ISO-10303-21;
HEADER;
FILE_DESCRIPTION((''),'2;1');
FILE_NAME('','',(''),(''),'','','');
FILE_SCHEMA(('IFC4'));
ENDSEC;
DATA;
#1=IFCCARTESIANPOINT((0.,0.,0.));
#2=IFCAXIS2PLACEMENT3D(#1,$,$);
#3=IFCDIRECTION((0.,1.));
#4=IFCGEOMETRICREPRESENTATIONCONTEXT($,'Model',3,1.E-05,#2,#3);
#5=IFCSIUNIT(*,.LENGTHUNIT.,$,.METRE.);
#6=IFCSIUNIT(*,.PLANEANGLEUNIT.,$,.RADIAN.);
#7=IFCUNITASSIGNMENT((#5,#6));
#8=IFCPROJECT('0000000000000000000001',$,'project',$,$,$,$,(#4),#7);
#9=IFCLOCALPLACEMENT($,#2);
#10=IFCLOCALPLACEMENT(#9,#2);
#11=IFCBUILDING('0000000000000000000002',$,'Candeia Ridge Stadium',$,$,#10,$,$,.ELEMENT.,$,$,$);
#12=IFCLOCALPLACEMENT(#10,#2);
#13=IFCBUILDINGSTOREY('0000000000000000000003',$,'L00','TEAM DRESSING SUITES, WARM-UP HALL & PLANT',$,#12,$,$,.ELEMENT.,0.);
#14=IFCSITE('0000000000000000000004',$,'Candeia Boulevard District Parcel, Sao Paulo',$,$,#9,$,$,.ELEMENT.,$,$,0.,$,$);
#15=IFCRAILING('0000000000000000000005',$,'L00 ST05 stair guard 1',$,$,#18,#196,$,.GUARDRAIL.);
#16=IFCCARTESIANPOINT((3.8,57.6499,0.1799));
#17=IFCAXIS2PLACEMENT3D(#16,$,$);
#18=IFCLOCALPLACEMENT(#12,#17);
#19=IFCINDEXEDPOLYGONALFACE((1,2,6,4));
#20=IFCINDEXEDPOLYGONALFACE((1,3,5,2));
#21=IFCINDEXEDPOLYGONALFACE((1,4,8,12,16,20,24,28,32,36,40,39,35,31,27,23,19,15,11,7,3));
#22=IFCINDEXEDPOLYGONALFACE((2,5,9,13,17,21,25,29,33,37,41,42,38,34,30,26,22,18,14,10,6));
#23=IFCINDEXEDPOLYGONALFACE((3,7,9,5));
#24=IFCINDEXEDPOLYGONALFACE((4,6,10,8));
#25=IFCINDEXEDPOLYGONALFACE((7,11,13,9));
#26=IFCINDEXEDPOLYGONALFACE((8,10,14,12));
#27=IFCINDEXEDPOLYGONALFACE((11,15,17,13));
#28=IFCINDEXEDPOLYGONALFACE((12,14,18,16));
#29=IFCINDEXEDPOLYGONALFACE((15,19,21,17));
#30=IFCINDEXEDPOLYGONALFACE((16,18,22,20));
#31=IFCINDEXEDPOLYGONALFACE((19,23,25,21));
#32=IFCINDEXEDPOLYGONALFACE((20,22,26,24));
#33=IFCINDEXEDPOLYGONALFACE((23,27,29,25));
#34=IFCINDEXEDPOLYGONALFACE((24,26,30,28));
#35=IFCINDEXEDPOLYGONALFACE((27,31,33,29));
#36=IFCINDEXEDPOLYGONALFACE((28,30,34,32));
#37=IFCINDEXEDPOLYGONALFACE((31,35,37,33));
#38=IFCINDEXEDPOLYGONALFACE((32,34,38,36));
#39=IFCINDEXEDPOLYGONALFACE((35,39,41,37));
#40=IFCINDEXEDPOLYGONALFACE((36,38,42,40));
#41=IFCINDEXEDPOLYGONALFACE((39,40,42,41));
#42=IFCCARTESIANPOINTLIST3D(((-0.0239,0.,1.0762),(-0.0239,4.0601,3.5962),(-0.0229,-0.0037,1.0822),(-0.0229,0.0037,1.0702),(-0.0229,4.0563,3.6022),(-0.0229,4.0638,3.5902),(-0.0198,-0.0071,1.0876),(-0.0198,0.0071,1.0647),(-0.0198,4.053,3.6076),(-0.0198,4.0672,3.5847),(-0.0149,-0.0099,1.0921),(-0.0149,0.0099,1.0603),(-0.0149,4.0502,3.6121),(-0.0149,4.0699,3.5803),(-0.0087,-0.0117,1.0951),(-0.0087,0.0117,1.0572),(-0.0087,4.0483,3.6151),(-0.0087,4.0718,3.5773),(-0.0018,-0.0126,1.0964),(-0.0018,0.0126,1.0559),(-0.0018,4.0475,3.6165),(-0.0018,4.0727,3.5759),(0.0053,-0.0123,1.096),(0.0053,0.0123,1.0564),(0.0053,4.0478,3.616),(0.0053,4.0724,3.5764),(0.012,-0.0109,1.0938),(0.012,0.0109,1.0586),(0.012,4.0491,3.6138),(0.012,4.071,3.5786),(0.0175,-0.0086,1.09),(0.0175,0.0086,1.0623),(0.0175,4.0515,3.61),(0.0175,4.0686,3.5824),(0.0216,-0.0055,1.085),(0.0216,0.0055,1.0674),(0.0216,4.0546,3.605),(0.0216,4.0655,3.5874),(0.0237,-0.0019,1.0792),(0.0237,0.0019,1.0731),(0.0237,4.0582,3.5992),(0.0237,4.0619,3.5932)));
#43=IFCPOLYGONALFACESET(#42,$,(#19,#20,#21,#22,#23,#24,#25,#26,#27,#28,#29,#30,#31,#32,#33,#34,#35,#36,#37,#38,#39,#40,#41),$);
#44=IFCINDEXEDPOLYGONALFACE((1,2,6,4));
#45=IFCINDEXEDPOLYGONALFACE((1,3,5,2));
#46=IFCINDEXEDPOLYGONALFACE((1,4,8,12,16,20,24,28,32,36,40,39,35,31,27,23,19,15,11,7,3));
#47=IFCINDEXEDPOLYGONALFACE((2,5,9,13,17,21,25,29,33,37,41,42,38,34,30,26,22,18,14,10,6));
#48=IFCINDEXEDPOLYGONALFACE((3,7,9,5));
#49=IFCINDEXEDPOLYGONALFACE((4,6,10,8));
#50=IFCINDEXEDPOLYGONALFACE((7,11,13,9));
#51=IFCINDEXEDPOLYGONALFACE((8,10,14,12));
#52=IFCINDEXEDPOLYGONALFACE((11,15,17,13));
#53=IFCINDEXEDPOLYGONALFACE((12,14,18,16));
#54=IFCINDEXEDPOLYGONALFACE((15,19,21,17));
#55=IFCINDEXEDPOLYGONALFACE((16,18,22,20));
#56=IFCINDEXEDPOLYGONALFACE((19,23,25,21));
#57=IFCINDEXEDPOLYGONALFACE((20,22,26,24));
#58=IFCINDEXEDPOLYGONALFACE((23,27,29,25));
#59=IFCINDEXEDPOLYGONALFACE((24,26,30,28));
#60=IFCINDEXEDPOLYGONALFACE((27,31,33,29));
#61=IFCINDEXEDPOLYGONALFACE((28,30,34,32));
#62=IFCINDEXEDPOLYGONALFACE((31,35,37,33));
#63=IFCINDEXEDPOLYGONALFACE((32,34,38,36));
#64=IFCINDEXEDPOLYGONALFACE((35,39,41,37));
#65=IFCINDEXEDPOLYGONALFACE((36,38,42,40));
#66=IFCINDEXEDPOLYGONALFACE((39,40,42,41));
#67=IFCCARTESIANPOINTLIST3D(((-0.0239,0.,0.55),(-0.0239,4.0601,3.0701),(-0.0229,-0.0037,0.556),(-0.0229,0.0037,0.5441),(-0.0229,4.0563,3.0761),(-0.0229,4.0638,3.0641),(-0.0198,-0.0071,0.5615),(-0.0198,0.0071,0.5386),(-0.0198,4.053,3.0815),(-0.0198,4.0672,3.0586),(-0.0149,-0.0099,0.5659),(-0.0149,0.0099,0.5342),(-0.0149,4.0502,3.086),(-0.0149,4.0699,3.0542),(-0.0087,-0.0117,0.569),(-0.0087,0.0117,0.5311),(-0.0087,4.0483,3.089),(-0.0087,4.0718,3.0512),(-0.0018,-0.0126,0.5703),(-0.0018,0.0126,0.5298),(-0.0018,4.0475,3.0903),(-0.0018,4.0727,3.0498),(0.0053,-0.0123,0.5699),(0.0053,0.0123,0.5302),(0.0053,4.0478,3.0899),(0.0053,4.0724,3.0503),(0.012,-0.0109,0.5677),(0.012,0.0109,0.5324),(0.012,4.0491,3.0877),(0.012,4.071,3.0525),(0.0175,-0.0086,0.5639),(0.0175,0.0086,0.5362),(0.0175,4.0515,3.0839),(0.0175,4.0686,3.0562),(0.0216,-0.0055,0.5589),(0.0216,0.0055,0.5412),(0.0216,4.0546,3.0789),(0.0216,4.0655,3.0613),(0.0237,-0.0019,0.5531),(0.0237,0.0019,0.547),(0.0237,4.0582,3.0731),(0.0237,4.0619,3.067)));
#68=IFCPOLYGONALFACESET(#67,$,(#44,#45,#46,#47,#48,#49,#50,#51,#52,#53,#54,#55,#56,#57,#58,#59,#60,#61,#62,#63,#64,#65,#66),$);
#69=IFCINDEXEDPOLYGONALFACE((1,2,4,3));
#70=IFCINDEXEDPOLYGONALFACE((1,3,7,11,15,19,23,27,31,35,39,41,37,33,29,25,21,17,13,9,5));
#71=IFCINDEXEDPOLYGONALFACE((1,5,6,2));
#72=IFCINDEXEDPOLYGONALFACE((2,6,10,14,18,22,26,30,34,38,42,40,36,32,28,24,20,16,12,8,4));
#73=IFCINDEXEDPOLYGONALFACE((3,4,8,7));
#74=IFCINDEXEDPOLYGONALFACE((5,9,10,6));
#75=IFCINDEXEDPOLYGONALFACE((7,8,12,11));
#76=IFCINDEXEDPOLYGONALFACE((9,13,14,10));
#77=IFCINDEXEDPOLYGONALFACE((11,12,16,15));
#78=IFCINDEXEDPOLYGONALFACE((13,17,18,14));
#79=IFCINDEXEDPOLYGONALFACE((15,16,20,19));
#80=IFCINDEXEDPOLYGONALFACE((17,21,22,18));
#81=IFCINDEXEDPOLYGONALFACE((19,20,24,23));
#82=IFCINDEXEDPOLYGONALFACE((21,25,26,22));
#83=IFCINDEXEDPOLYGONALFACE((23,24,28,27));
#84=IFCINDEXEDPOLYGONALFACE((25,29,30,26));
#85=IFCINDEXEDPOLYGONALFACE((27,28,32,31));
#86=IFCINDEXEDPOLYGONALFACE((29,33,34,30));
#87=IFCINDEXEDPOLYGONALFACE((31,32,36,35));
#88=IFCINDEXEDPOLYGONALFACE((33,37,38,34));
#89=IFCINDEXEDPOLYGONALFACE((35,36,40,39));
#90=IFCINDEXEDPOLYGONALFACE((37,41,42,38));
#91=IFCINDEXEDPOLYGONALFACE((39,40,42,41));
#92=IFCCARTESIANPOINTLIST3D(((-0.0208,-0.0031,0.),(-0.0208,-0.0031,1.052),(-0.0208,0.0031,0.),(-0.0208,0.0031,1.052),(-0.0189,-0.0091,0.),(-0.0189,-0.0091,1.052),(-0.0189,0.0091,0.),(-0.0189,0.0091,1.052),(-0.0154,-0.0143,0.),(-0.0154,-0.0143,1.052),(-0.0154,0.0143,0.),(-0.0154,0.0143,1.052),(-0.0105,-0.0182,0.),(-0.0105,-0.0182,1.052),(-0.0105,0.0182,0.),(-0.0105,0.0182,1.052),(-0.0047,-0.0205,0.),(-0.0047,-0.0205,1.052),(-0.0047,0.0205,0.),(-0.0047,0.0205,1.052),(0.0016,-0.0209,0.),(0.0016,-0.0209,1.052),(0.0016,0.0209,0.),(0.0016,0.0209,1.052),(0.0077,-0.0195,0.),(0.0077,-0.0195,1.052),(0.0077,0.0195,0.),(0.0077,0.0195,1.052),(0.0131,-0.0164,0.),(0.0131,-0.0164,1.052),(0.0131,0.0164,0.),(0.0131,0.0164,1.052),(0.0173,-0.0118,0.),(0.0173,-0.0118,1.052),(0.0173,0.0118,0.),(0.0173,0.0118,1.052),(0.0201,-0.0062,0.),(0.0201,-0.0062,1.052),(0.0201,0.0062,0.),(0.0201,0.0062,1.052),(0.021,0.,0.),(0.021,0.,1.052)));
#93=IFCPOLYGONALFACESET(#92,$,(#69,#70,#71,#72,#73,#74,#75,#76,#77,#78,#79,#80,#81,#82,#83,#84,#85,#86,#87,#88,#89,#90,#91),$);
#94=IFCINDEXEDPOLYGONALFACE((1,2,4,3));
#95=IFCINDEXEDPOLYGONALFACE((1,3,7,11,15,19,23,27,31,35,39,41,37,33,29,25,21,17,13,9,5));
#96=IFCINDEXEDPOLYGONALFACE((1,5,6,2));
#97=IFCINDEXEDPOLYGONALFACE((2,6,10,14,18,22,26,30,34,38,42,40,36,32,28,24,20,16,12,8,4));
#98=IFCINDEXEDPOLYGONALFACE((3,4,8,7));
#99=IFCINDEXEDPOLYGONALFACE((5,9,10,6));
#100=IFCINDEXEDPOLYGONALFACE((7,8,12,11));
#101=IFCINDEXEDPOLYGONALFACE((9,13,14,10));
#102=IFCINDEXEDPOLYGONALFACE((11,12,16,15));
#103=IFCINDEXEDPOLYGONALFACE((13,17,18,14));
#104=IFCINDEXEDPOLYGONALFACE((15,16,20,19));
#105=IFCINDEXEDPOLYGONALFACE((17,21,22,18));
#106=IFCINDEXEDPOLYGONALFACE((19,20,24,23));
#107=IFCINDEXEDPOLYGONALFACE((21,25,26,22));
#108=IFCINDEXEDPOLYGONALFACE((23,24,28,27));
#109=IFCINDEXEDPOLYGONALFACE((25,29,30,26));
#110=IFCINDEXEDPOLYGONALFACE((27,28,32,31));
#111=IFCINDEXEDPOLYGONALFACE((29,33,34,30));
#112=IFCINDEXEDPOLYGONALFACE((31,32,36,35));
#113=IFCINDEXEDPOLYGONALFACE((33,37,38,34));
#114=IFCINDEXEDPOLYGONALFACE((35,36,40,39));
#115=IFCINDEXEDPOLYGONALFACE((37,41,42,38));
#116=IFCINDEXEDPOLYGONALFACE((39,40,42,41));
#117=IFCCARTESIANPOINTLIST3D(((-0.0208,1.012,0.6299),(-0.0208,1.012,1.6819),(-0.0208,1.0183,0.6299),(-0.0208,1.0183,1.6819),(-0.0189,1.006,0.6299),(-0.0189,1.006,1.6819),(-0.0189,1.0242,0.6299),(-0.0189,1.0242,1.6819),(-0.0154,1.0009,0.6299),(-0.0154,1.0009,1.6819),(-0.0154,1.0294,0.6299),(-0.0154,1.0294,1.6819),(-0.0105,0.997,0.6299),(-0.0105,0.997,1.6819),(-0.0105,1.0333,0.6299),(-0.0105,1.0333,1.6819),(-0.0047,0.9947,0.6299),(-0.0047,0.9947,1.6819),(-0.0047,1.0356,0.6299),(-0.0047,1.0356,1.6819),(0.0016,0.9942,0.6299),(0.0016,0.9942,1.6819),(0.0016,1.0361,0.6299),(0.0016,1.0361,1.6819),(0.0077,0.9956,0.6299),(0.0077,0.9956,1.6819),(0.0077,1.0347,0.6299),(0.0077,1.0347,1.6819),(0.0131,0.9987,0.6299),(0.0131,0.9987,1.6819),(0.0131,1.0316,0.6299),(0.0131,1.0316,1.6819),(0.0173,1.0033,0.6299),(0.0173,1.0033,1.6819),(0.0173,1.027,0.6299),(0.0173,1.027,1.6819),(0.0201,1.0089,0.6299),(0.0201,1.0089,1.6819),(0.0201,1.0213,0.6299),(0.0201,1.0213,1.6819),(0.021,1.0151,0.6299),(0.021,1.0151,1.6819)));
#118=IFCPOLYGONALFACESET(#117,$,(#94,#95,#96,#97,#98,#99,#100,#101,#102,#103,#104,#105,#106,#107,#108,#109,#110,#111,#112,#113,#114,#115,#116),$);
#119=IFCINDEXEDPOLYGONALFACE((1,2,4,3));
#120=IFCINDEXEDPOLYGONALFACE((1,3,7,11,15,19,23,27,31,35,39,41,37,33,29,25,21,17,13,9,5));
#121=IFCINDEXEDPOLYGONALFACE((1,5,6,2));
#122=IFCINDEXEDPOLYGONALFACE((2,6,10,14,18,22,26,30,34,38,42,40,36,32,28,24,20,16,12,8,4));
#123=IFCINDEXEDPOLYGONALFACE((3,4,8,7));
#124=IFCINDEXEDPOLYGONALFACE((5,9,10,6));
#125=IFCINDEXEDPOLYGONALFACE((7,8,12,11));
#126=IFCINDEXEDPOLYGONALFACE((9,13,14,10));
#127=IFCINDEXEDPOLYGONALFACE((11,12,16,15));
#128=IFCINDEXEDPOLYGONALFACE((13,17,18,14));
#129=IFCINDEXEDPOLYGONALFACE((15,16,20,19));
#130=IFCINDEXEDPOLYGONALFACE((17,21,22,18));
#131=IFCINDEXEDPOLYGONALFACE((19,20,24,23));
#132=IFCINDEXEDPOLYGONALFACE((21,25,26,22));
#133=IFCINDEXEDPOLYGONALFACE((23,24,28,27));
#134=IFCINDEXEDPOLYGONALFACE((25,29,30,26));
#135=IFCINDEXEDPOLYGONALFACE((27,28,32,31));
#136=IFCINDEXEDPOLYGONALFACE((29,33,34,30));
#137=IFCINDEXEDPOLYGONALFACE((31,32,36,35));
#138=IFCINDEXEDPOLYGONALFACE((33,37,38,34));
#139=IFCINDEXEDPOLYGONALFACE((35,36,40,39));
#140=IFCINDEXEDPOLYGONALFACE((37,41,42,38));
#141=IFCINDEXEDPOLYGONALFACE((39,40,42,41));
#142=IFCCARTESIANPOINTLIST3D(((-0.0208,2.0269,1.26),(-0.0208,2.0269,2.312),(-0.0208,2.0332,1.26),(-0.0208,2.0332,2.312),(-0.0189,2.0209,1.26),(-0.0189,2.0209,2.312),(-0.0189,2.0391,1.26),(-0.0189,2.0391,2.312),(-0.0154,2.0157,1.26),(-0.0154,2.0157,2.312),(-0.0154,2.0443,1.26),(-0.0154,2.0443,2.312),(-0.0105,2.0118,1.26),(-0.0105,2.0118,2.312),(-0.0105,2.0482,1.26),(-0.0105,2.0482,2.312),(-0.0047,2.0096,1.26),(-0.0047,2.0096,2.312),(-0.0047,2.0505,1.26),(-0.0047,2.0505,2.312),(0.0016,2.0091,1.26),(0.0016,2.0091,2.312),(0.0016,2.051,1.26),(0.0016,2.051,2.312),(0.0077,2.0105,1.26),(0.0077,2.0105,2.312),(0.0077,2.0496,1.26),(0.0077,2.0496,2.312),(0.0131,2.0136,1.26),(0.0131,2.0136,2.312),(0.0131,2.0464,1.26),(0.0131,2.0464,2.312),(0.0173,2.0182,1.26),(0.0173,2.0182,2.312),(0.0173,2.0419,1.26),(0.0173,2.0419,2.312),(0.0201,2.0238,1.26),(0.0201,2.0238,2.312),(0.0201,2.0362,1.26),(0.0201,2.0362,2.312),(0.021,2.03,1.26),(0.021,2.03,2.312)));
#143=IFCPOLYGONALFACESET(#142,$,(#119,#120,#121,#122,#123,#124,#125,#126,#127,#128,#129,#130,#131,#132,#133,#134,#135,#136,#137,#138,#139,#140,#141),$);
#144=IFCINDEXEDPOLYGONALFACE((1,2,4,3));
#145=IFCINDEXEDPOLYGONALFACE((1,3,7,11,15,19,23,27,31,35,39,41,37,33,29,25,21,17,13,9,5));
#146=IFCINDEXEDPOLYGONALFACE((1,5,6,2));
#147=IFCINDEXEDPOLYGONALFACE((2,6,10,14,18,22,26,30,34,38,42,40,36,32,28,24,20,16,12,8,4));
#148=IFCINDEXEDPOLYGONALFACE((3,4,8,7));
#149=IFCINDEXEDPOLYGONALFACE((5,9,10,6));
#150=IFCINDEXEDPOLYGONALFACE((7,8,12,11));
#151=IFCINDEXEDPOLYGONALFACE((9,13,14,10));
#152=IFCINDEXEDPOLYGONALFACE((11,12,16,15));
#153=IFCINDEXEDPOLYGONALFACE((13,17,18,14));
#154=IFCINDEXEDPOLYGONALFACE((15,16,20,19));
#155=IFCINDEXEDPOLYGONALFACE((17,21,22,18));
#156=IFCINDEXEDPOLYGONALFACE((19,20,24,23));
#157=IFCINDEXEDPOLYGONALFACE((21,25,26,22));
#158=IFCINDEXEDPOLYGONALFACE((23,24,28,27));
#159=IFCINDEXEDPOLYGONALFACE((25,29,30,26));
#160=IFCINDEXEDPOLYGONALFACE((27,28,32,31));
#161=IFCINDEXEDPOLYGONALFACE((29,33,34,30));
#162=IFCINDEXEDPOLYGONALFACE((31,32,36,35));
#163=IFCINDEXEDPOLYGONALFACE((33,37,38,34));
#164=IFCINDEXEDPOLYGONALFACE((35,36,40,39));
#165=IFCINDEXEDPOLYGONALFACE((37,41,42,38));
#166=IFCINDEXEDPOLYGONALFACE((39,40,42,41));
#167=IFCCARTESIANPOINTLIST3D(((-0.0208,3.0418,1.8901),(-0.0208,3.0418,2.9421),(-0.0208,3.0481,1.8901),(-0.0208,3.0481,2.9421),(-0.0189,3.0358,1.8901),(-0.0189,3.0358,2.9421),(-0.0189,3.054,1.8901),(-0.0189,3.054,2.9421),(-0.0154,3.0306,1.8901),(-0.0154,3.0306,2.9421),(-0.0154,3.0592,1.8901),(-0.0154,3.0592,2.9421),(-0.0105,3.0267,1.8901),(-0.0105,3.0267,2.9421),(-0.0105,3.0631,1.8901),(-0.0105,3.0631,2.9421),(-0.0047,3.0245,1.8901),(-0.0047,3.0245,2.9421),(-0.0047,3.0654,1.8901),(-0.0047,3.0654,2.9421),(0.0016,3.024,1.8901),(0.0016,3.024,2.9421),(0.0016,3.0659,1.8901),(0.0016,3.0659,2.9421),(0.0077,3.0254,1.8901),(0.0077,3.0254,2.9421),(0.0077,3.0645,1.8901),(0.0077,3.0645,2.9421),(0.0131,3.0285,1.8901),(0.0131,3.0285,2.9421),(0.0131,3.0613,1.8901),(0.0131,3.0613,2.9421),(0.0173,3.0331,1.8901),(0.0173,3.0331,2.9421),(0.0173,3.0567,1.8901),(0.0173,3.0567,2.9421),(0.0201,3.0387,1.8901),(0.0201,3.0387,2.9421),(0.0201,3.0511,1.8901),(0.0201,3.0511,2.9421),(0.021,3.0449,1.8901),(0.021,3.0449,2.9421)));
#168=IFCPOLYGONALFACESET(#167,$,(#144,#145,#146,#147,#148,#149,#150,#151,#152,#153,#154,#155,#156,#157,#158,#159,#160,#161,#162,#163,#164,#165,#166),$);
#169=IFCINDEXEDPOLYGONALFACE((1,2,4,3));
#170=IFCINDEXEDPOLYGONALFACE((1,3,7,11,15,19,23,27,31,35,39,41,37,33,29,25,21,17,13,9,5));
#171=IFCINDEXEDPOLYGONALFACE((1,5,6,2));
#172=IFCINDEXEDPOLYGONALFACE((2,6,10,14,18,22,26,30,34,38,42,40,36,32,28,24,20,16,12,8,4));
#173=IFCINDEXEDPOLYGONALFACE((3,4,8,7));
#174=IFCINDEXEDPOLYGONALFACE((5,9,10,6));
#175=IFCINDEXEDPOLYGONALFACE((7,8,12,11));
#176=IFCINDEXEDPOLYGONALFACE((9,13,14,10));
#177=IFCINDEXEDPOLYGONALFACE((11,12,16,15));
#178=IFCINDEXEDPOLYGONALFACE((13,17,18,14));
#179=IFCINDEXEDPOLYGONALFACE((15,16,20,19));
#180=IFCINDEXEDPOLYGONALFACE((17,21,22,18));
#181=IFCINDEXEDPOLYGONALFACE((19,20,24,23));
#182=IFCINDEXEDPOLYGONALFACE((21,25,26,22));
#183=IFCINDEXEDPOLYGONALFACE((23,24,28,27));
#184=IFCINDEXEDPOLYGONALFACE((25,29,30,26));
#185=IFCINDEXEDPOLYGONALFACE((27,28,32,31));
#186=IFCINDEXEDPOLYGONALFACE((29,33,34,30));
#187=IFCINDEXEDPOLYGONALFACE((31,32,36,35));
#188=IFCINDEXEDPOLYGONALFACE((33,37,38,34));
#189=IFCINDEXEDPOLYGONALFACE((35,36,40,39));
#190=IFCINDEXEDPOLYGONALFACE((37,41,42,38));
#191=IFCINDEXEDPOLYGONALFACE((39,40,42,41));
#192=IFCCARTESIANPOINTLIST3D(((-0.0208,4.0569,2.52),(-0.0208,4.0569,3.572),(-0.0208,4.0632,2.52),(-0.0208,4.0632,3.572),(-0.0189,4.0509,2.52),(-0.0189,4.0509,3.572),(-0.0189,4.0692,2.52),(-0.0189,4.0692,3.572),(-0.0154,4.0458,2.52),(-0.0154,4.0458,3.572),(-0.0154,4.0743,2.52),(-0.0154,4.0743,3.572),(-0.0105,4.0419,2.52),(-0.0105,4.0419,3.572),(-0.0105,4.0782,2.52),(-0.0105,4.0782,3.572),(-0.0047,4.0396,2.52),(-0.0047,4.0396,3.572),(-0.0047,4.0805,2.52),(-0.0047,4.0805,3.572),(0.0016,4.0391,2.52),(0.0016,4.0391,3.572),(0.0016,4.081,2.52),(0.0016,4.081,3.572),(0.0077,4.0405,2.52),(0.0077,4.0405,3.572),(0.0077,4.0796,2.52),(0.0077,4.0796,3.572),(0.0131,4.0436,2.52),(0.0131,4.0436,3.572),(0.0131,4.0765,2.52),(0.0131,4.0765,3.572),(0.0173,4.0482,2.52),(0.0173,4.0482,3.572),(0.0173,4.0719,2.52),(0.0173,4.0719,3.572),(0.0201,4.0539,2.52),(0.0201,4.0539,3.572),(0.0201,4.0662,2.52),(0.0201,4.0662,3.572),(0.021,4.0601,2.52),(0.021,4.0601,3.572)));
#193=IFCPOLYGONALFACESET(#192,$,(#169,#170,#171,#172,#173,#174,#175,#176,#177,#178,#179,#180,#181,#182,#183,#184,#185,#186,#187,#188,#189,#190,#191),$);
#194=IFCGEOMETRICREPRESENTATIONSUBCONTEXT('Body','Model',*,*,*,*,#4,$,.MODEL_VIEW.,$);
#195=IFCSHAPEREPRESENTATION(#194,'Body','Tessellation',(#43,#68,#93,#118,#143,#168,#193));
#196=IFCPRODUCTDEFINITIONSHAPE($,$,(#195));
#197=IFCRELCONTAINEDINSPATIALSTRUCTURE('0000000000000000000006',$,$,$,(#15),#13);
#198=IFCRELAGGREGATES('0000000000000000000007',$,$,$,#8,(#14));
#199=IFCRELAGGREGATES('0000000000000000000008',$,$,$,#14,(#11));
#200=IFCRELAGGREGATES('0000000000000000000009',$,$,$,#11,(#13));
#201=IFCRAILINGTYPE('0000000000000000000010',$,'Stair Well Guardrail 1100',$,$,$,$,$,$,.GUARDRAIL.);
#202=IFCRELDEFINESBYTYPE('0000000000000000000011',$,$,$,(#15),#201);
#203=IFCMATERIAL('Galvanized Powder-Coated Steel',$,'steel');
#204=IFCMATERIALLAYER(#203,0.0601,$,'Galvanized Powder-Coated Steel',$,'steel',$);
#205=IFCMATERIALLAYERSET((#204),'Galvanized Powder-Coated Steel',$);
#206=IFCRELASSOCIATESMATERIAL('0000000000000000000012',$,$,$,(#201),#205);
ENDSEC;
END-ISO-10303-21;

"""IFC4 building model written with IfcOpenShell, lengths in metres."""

from ifc_helpers import new_model, si_unit, direction, frame, origin, origin_2d, place, context, subcontext, project, spatial, circle, extrude, material, layer, layer_set, type_object, element, save


model = new_model("IFC4")

# Units and contexts
model_context = context("Model", 3, precision=1e-05, world=origin(), true_north=direction((0.0, 1.0)))
body_context = subcontext(model_context, "Body", "Model", "MODEL_VIEW")
ifc_project = project(units=[si_unit("LENGTHUNIT", "METRE"), si_unit("PLANEANGLEUNIT", "RADIAN")], contexts=[model_context])

# Site, building, storey
site_placement = place(None, origin())
site = spatial("IfcSite", under=ifc_project, at=site_placement, Name="Candeia Boulevard District Parcel, Sao Paulo", CompositionType="ELEMENT", RefElevation=0.0)
building_placement = place(site_placement, origin())
building = spatial("IfcBuilding", under=site, at=building_placement, Name="Candeia Ridge Stadium", CompositionType="ELEMENT")
storey_placement = place(building_placement, origin())
storey = spatial("IfcBuildingStorey", under=building, at=storey_placement, Name="L00", Description="TEAM DRESSING SUITES, WARM-UP HALL & PLANT", CompositionType="ELEMENT", Elevation=0.0)

# Railing
ifc_material_1 = material(Name="Galvanized Powder-Coated Steel", Category="steel")
ifc_layer_1 = layer(ifc_material_1, 0.0601, Name="Galvanized Powder-Coated Steel", Category="steel")
ifc_layer_set_1 = layer_set([ifc_layer_1], Name="Galvanized Powder-Coated Steel")
railing_type_1 = type_object("IfcRailingType", Name="Stair Well Guardrail 1100", PredefinedType="GUARDRAIL", material=ifc_layer_set_1)
railing_1_placement = place(storey_placement, frame((3.8, 57.6499, 0.1799)))
element("IfcRailing", 1, at=railing_1_placement, inside=storey, type_object=railing_type_1, Name="L00 ST05 stair guard 1", PredefinedType="GUARDRAIL", context=body_context, shape_type="SweptSolid", body=[
    extrude(circle(Radius=0.0239, at=origin_2d()), frame((0.0, 0.0, 1.0762), z_axis=(0.0, 0.849642, 0.52736), x_axis=(-1.0, 0.0, 0.0)), (0.0, 0.0, 1.0), 4.7786),
    extrude(circle(Radius=0.0239, at=origin_2d()), frame((0.0, 0.0, 0.55), z_axis=(0.0, 0.849642, 0.52736), x_axis=(-1.0, 0.0, 0.0)), (0.0, 0.0, 1.0), 4.7786),
    extrude(circle(Radius=0.021, at=origin_2d()), origin(), (0.0, 0.0, 1.0), 1.052),
    extrude(circle(Radius=0.021, at=origin_2d()), frame((0.0, 1.0151, 0.6299)), (0.0, 0.0, 1.0), 1.052),
    extrude(circle(Radius=0.021, at=origin_2d()), frame((0.0, 2.03, 1.26)), (0.0, 0.0, 1.0), 1.052),
    extrude(circle(Radius=0.021, at=origin_2d()), frame((0.0, 3.0449, 1.8901)), (0.0, 0.0, 1.0), 1.052),
    extrude(circle(Radius=0.021, at=origin_2d()), frame((0.0, 4.0601, 2.52)), (0.0, 0.0, 1.0), 1.052),
])

save(model, "model.ifc")
